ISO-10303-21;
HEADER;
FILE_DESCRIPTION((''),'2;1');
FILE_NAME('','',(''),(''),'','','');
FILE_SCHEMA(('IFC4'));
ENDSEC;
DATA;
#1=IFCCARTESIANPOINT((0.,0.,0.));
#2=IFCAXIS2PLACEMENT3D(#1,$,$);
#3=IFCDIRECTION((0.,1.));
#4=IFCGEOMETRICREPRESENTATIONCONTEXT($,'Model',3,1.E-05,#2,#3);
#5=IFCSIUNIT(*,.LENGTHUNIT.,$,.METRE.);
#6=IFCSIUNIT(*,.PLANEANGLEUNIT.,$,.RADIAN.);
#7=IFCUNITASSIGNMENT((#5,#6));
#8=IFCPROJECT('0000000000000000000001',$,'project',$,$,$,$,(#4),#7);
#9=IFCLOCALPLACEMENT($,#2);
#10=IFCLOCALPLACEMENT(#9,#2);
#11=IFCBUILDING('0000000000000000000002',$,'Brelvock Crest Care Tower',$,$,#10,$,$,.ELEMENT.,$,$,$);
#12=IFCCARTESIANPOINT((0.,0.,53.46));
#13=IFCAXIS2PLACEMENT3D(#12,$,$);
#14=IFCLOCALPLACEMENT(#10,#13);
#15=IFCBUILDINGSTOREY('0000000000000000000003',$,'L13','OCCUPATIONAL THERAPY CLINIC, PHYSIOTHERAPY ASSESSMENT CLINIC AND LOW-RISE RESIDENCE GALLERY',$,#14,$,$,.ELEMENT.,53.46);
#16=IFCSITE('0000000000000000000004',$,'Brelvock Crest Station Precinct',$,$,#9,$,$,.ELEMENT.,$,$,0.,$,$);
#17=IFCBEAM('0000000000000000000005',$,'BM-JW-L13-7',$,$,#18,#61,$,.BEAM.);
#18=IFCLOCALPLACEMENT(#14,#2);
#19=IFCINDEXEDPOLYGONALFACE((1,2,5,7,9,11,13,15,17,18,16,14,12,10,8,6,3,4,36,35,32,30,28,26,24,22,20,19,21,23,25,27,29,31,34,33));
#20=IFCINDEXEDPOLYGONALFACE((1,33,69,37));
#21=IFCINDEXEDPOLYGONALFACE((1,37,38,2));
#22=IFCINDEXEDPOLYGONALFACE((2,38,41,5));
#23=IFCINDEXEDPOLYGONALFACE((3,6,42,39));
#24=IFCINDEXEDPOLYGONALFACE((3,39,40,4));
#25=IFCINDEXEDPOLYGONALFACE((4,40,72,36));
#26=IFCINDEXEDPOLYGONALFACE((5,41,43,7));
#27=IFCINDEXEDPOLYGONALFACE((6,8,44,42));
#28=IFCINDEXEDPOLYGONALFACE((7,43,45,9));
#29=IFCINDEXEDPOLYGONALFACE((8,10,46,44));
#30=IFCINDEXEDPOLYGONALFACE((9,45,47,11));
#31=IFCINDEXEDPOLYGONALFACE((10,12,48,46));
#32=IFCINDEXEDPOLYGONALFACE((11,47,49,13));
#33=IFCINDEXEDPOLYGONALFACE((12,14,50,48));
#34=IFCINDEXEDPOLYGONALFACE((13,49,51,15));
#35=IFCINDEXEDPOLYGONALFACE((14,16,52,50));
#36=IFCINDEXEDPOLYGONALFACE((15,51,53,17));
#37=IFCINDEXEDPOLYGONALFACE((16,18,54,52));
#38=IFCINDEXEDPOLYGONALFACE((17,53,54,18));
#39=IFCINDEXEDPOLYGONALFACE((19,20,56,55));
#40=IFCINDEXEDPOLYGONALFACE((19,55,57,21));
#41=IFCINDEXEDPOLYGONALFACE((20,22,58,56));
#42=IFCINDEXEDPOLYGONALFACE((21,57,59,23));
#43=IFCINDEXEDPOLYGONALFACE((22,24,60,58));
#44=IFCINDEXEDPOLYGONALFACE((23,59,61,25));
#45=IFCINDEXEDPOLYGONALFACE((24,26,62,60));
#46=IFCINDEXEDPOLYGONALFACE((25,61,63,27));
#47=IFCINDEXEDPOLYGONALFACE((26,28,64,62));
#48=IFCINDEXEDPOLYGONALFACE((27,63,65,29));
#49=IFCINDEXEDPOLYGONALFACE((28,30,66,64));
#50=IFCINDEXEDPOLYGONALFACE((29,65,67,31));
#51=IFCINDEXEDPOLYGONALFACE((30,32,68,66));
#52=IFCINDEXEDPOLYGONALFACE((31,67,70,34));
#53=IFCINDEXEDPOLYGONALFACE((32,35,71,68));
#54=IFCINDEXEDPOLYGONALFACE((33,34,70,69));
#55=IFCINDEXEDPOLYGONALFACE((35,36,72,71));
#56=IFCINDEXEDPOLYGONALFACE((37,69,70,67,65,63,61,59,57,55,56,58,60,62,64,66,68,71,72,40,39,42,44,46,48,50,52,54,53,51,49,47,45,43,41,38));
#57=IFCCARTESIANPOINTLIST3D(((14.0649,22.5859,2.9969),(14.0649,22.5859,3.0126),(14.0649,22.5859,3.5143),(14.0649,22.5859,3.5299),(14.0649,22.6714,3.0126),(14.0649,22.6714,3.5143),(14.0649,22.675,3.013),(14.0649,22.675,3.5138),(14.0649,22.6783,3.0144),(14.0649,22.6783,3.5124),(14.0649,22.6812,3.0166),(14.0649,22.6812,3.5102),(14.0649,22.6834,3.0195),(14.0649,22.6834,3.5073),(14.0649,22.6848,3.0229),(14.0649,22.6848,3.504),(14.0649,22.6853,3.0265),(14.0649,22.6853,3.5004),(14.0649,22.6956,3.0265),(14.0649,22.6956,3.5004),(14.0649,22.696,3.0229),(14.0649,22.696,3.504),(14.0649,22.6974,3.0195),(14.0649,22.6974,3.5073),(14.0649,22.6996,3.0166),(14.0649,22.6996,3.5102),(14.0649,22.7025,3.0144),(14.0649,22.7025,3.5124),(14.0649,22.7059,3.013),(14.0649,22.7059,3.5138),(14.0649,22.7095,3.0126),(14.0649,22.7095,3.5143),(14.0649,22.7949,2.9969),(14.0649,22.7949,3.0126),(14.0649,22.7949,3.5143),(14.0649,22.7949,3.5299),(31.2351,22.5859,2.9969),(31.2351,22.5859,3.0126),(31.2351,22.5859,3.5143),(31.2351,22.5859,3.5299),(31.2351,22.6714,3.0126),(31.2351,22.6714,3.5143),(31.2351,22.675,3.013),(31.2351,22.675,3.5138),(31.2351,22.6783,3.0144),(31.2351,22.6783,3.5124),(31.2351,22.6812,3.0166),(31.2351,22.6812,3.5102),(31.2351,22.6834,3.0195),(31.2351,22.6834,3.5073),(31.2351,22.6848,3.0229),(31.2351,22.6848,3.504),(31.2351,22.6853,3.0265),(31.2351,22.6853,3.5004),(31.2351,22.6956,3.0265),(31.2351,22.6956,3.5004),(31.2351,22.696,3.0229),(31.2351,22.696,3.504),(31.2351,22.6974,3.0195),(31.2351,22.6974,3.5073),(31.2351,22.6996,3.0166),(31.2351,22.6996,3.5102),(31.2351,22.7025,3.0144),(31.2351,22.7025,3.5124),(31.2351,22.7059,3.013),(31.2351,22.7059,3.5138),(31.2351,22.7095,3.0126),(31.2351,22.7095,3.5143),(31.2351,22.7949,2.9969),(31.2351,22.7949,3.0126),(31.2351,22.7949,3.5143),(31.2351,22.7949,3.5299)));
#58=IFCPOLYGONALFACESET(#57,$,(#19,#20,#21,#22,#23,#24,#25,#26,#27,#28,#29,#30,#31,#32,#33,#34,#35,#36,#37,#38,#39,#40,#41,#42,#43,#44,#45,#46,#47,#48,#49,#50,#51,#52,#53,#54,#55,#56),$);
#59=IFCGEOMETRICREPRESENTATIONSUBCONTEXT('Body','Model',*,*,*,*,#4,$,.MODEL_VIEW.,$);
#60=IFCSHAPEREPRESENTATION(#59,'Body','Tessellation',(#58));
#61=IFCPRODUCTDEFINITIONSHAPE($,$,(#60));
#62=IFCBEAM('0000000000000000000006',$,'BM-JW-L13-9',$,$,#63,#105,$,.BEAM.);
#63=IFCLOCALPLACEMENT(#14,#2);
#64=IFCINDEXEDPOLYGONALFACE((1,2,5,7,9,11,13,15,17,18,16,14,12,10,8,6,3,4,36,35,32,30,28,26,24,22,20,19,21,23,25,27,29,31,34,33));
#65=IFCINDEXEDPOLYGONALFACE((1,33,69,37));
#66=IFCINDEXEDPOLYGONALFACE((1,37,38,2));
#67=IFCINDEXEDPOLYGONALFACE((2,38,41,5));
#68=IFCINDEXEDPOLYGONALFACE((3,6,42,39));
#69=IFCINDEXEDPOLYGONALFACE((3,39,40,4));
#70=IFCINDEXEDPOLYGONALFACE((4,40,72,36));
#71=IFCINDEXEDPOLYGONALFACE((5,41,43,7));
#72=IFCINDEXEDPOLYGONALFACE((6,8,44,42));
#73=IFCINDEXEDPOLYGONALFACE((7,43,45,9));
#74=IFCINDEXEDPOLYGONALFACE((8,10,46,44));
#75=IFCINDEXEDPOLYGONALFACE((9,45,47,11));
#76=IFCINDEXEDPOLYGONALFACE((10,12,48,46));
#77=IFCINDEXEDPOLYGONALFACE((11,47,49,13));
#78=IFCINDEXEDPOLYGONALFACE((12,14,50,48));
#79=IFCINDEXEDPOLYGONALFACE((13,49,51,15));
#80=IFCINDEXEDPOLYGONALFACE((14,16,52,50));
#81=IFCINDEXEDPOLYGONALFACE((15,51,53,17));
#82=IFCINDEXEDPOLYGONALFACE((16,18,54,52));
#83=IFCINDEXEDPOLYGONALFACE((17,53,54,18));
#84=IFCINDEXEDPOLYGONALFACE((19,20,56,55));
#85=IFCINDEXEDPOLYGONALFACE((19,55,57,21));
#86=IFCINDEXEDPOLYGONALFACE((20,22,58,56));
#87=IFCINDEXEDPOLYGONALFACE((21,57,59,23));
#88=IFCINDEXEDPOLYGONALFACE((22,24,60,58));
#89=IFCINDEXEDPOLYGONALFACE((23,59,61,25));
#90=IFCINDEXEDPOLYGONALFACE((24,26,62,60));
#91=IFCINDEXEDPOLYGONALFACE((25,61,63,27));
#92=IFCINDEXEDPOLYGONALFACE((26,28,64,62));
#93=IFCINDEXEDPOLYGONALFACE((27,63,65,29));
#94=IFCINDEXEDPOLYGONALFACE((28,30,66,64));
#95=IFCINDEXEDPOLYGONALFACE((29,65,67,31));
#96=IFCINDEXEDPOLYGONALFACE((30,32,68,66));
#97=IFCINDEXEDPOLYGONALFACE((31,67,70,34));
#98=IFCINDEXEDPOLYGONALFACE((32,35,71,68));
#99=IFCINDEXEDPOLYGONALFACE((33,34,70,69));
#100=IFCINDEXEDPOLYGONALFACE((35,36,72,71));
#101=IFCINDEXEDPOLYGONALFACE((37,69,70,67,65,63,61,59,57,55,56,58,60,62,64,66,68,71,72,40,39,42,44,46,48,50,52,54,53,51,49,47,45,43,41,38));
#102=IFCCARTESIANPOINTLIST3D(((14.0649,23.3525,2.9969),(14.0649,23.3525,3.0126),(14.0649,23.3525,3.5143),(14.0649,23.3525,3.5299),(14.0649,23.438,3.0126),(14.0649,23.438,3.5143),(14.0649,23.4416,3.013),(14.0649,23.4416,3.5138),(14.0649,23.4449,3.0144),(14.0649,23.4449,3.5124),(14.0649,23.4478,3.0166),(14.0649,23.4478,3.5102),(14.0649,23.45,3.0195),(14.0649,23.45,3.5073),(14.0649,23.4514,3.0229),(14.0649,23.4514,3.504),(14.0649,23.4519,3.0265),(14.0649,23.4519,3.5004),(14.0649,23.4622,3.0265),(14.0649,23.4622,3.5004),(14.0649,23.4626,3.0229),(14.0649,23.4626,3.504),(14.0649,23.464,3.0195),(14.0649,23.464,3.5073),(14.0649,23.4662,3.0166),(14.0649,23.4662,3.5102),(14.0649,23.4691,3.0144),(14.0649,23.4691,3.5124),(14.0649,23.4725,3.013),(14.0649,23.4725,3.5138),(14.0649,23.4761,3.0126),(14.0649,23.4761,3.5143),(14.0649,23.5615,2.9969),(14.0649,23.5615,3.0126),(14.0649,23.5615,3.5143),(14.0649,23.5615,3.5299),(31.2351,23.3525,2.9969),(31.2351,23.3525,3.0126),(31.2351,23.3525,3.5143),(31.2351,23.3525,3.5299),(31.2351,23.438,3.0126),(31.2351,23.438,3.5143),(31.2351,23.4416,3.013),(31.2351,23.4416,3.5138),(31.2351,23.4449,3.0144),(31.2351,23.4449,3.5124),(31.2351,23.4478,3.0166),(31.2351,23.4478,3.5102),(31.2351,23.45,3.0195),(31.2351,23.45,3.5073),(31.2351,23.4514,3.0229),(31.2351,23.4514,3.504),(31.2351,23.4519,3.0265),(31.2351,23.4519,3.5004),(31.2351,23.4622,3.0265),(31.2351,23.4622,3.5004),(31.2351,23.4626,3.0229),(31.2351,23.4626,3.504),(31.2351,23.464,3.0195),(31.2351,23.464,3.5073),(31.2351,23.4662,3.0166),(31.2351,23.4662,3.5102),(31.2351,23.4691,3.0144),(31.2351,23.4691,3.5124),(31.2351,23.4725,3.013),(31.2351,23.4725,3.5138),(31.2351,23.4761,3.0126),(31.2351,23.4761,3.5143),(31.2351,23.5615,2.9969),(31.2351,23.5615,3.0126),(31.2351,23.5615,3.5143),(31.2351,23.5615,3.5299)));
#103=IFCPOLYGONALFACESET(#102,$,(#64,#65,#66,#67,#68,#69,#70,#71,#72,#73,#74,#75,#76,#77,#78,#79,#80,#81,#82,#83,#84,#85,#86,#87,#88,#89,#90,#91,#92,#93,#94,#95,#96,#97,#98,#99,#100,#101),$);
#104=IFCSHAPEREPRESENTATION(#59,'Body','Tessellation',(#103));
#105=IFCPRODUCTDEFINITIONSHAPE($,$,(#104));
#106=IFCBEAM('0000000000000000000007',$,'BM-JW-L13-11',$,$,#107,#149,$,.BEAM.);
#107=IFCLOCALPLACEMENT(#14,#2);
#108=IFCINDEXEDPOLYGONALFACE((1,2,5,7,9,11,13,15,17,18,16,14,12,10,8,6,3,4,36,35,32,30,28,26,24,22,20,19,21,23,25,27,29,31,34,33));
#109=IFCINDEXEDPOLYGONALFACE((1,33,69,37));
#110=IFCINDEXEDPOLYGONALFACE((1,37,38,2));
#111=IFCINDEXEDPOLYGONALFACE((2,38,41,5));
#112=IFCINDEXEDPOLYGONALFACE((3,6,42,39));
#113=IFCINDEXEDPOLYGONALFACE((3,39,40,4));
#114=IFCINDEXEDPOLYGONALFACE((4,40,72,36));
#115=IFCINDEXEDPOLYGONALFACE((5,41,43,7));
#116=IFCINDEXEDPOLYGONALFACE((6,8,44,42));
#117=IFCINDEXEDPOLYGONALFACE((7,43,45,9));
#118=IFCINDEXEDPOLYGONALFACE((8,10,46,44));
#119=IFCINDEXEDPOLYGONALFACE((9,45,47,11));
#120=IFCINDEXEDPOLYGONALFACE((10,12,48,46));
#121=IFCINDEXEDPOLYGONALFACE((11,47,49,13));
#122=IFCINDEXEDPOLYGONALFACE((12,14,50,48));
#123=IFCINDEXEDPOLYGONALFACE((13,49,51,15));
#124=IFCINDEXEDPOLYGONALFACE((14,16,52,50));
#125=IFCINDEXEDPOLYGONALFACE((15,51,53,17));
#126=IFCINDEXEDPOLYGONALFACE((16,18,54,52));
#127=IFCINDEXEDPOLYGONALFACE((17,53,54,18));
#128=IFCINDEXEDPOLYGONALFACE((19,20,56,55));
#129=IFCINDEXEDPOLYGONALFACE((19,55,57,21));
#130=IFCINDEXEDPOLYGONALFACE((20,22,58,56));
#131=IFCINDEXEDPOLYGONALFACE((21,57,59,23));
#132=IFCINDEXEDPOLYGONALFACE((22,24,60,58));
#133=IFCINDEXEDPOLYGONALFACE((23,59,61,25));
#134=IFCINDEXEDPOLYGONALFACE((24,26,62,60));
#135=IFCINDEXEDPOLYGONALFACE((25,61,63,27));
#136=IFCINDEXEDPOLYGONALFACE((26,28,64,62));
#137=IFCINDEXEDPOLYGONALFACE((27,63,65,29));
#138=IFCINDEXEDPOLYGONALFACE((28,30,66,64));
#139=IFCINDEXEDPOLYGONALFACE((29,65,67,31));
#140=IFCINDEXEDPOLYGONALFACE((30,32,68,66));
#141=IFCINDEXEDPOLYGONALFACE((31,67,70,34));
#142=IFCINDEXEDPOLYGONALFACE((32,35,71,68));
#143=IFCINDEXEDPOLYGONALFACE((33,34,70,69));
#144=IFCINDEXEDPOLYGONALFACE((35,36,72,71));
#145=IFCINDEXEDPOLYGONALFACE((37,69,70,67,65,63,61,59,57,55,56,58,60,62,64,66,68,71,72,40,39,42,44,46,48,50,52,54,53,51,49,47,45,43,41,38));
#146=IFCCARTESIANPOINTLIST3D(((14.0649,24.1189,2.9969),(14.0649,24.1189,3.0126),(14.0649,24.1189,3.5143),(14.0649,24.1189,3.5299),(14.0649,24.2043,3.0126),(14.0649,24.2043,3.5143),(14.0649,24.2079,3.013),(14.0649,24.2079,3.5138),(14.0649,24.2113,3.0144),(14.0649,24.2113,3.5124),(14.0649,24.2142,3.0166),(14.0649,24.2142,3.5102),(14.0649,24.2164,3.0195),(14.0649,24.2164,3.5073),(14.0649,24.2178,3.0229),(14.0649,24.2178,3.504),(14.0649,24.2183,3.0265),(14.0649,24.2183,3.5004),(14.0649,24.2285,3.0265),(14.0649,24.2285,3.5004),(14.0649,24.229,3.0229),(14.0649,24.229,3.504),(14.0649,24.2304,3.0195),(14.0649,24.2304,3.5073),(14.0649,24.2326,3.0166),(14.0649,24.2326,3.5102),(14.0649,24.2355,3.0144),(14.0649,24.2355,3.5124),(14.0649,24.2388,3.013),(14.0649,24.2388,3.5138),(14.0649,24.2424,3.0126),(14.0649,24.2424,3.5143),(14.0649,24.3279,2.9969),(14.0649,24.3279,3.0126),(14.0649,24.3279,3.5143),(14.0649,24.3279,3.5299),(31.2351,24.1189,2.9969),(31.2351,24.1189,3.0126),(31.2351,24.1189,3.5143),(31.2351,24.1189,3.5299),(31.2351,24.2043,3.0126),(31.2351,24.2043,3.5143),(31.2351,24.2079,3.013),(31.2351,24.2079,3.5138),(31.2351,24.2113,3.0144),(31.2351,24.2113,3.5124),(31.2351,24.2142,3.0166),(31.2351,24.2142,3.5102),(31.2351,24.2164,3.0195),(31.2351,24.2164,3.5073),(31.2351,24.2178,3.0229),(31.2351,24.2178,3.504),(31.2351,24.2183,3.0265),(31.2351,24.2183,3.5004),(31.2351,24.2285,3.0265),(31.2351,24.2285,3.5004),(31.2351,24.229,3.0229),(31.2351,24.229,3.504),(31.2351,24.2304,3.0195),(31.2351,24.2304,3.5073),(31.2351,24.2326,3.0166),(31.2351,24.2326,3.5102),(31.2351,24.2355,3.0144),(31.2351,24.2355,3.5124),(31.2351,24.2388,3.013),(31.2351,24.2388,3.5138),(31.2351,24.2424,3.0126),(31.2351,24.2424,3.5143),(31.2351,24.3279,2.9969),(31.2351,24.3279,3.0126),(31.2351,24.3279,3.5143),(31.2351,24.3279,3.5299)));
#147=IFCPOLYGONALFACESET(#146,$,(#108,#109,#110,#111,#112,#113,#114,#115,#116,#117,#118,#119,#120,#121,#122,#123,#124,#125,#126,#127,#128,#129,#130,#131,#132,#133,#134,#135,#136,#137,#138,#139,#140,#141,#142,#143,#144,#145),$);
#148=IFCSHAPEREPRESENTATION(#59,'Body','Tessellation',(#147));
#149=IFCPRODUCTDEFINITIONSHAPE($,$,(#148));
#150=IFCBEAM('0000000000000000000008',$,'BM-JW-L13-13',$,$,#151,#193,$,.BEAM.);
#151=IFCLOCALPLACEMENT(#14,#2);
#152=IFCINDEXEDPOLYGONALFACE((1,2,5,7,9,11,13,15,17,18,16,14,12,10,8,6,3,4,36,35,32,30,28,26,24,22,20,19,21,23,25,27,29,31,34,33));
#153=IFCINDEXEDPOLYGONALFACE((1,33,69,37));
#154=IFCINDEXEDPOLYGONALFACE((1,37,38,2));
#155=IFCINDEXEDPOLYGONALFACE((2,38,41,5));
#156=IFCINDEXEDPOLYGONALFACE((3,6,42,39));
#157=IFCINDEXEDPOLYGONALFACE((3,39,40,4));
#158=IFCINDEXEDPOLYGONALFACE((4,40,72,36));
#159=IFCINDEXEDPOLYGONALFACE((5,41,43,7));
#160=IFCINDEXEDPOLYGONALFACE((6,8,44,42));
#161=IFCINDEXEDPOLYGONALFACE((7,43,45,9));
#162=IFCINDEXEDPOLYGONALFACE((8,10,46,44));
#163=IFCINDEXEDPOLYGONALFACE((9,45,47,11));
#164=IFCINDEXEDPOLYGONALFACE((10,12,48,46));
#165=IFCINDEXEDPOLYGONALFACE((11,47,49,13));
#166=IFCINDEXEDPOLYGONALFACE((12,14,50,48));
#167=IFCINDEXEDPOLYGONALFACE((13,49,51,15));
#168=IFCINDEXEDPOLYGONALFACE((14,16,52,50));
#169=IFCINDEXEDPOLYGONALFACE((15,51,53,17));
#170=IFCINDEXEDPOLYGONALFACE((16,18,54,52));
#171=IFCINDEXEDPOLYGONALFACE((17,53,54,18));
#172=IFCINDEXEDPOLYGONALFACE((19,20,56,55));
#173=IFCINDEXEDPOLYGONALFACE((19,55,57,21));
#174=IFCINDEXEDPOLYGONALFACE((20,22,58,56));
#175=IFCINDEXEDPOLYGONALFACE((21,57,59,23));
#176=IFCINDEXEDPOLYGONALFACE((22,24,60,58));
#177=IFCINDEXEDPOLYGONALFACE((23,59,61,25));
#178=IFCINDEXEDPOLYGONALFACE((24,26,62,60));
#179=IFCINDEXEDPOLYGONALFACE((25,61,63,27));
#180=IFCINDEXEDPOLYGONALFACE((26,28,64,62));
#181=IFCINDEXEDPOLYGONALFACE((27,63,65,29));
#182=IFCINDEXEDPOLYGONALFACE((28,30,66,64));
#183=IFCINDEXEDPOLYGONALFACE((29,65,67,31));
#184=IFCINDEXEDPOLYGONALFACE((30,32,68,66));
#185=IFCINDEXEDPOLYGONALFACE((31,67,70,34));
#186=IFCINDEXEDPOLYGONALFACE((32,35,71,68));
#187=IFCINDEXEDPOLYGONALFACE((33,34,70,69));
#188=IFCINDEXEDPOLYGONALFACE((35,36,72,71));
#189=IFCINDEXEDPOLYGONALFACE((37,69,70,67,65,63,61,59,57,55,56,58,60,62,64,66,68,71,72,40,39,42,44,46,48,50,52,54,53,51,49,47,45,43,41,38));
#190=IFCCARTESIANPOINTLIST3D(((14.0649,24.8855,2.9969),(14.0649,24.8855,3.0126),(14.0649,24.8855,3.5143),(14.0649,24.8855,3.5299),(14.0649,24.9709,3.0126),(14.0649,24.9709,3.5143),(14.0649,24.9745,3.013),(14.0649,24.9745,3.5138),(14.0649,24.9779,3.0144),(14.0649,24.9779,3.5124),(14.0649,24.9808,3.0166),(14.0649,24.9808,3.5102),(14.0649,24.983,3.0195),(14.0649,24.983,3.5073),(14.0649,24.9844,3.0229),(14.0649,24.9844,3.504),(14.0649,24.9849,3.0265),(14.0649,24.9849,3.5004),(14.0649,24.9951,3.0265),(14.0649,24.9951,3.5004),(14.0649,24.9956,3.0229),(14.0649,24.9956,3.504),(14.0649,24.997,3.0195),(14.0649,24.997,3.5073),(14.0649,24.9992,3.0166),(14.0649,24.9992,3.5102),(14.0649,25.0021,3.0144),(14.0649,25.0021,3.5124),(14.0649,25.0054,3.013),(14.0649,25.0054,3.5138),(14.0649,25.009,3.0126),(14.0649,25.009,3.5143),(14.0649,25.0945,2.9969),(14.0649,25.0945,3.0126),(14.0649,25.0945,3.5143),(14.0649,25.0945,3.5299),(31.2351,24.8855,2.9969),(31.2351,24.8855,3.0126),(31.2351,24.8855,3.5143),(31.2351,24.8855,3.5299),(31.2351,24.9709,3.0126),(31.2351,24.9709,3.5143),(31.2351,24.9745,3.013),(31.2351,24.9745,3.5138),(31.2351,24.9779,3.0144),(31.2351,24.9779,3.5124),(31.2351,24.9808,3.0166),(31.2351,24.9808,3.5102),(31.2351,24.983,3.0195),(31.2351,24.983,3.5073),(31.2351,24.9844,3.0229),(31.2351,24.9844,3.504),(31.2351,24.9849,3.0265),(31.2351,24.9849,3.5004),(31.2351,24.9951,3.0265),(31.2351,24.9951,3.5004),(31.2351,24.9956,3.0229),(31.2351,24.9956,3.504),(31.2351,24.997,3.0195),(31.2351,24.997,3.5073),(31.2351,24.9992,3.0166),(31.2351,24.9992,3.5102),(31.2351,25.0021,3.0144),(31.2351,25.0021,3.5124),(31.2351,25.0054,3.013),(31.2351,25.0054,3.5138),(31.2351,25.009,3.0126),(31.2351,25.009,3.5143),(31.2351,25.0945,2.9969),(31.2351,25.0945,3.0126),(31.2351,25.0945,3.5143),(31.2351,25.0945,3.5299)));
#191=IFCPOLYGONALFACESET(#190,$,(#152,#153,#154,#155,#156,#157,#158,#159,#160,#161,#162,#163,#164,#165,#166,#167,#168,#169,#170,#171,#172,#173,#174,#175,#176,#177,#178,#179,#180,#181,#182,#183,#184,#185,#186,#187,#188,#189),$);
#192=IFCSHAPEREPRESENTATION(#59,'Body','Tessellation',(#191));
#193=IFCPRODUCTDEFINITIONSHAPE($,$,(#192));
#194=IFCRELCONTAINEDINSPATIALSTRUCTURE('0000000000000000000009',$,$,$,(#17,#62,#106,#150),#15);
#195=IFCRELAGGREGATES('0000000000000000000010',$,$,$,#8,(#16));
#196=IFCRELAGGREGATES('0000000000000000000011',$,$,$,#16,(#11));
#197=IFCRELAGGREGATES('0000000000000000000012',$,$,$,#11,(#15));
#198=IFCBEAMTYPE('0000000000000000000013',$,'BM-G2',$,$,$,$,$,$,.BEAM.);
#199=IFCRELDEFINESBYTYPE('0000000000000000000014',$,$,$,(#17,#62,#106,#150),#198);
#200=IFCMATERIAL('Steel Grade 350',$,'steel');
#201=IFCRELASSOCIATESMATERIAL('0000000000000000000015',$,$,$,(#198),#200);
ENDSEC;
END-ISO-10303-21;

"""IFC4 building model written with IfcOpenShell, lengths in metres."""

from ifc_helpers import new_model, si_unit, direction, frame, origin, origin_2d, place, context, subcontext, project, spatial, i_section, extrude, source, transform, mapped, material, material_profile, profile_set, type_object, element, save


model = new_model("IFC4")

# Units and contexts
model_context = context("Model", 3, precision=1e-05, world=origin(), true_north=direction((0.0, 1.0)))
body_context = subcontext(model_context, "Body", "Model", "MODEL_VIEW")
ifc_project = project(units=[si_unit("LENGTHUNIT", "METRE"), si_unit("PLANEANGLEUNIT", "RADIAN")], contexts=[model_context])

# Site, building, storey
site_placement = place(None, origin())
site = spatial("IfcSite", under=ifc_project, at=site_placement, Name="Brelvock Crest Station Precinct", CompositionType="ELEMENT", RefElevation=0.0)
building_placement = place(site_placement, origin())
building = spatial("IfcBuilding", under=site, at=building_placement, Name="Brelvock Crest Care Tower", CompositionType="ELEMENT")
storey_placement = place(building_placement, frame((0.0, 0.0, 53.46)))
storey = spatial("IfcBuildingStorey", under=building, at=storey_placement, Name="L13", Description="OCCUPATIONAL THERAPY CLINIC, PHYSIOTHERAPY ASSESSMENT CLINIC AND LOW-RISE RESIDENCE GALLERY", CompositionType="ELEMENT", Elevation=53.46)

# Beams
ifc_material_1 = material(Name="Steel Grade 350", Category="steel")
ifc_material_profile_1 = material_profile(ifc_material_1, i_section(OverallWidth=0.209, OverallDepth=0.533, WebThickness=0.0103, FlangeThickness=0.0156, FilletRadius=0.0139, at=origin_2d()), Name="530UB92.4")
ifc_profile_set_1 = profile_set([ifc_material_profile_1], Name="Steel Grade 350")
beam_type_1 = type_object("IfcBeamType", Name="BM-G2", PredefinedType="BEAM", material=ifc_profile_set_1)
shared_shape_1 = source(origin(), body_context, "Body", "SweptSolid", [
    extrude(i_section(OverallWidth=0.209, OverallDepth=0.533, WebThickness=0.0103, FlangeThickness=0.0156, FilletRadius=0.0139, at=origin_2d()), origin(), (0.0, 0.0, 1.0), 17.1702),
])
for number, where, z_axis, x_axis, name in (
    (1, (14.0649, 22.6904, 3.2634), (1.0, 0.0, 0.0), (0.0, 1.0, 0.0), "BM-JW-L13-7"),
    (2, (14.0649, 23.457, 3.2634), (1.0, 0.0, 0.0), (0.0, 1.0, 0.0), "BM-JW-L13-9"),
    (3, (14.0649, 24.2234, 3.2634), (1.0, 0.0, 0.0), (0.0, 1.0, 0.0), "BM-JW-L13-11"),
    (4, (14.0649, 24.99, 3.2634), (1.0, 0.0, 0.0), (0.0, 1.0, 0.0), "BM-JW-L13-13"),
):
    element("IfcBeam", number, at=place(storey_placement, frame(where, z_axis=z_axis, x_axis=x_axis)), inside=storey, type_object=beam_type_1, Name=name, PredefinedType="BEAM", context=body_context, shape_type="MappedRepresentation", body=[
        mapped(shared_shape_1, transform((0.0, 0.0, 0.0), x_axis=(1.0, 0.0, 0.0), y_axis=(0.0, 1.0, 0.0), z_axis=(0.0, 0.0, 1.0), scale=1.0)),
    ])

save(model, "model.ifc")
